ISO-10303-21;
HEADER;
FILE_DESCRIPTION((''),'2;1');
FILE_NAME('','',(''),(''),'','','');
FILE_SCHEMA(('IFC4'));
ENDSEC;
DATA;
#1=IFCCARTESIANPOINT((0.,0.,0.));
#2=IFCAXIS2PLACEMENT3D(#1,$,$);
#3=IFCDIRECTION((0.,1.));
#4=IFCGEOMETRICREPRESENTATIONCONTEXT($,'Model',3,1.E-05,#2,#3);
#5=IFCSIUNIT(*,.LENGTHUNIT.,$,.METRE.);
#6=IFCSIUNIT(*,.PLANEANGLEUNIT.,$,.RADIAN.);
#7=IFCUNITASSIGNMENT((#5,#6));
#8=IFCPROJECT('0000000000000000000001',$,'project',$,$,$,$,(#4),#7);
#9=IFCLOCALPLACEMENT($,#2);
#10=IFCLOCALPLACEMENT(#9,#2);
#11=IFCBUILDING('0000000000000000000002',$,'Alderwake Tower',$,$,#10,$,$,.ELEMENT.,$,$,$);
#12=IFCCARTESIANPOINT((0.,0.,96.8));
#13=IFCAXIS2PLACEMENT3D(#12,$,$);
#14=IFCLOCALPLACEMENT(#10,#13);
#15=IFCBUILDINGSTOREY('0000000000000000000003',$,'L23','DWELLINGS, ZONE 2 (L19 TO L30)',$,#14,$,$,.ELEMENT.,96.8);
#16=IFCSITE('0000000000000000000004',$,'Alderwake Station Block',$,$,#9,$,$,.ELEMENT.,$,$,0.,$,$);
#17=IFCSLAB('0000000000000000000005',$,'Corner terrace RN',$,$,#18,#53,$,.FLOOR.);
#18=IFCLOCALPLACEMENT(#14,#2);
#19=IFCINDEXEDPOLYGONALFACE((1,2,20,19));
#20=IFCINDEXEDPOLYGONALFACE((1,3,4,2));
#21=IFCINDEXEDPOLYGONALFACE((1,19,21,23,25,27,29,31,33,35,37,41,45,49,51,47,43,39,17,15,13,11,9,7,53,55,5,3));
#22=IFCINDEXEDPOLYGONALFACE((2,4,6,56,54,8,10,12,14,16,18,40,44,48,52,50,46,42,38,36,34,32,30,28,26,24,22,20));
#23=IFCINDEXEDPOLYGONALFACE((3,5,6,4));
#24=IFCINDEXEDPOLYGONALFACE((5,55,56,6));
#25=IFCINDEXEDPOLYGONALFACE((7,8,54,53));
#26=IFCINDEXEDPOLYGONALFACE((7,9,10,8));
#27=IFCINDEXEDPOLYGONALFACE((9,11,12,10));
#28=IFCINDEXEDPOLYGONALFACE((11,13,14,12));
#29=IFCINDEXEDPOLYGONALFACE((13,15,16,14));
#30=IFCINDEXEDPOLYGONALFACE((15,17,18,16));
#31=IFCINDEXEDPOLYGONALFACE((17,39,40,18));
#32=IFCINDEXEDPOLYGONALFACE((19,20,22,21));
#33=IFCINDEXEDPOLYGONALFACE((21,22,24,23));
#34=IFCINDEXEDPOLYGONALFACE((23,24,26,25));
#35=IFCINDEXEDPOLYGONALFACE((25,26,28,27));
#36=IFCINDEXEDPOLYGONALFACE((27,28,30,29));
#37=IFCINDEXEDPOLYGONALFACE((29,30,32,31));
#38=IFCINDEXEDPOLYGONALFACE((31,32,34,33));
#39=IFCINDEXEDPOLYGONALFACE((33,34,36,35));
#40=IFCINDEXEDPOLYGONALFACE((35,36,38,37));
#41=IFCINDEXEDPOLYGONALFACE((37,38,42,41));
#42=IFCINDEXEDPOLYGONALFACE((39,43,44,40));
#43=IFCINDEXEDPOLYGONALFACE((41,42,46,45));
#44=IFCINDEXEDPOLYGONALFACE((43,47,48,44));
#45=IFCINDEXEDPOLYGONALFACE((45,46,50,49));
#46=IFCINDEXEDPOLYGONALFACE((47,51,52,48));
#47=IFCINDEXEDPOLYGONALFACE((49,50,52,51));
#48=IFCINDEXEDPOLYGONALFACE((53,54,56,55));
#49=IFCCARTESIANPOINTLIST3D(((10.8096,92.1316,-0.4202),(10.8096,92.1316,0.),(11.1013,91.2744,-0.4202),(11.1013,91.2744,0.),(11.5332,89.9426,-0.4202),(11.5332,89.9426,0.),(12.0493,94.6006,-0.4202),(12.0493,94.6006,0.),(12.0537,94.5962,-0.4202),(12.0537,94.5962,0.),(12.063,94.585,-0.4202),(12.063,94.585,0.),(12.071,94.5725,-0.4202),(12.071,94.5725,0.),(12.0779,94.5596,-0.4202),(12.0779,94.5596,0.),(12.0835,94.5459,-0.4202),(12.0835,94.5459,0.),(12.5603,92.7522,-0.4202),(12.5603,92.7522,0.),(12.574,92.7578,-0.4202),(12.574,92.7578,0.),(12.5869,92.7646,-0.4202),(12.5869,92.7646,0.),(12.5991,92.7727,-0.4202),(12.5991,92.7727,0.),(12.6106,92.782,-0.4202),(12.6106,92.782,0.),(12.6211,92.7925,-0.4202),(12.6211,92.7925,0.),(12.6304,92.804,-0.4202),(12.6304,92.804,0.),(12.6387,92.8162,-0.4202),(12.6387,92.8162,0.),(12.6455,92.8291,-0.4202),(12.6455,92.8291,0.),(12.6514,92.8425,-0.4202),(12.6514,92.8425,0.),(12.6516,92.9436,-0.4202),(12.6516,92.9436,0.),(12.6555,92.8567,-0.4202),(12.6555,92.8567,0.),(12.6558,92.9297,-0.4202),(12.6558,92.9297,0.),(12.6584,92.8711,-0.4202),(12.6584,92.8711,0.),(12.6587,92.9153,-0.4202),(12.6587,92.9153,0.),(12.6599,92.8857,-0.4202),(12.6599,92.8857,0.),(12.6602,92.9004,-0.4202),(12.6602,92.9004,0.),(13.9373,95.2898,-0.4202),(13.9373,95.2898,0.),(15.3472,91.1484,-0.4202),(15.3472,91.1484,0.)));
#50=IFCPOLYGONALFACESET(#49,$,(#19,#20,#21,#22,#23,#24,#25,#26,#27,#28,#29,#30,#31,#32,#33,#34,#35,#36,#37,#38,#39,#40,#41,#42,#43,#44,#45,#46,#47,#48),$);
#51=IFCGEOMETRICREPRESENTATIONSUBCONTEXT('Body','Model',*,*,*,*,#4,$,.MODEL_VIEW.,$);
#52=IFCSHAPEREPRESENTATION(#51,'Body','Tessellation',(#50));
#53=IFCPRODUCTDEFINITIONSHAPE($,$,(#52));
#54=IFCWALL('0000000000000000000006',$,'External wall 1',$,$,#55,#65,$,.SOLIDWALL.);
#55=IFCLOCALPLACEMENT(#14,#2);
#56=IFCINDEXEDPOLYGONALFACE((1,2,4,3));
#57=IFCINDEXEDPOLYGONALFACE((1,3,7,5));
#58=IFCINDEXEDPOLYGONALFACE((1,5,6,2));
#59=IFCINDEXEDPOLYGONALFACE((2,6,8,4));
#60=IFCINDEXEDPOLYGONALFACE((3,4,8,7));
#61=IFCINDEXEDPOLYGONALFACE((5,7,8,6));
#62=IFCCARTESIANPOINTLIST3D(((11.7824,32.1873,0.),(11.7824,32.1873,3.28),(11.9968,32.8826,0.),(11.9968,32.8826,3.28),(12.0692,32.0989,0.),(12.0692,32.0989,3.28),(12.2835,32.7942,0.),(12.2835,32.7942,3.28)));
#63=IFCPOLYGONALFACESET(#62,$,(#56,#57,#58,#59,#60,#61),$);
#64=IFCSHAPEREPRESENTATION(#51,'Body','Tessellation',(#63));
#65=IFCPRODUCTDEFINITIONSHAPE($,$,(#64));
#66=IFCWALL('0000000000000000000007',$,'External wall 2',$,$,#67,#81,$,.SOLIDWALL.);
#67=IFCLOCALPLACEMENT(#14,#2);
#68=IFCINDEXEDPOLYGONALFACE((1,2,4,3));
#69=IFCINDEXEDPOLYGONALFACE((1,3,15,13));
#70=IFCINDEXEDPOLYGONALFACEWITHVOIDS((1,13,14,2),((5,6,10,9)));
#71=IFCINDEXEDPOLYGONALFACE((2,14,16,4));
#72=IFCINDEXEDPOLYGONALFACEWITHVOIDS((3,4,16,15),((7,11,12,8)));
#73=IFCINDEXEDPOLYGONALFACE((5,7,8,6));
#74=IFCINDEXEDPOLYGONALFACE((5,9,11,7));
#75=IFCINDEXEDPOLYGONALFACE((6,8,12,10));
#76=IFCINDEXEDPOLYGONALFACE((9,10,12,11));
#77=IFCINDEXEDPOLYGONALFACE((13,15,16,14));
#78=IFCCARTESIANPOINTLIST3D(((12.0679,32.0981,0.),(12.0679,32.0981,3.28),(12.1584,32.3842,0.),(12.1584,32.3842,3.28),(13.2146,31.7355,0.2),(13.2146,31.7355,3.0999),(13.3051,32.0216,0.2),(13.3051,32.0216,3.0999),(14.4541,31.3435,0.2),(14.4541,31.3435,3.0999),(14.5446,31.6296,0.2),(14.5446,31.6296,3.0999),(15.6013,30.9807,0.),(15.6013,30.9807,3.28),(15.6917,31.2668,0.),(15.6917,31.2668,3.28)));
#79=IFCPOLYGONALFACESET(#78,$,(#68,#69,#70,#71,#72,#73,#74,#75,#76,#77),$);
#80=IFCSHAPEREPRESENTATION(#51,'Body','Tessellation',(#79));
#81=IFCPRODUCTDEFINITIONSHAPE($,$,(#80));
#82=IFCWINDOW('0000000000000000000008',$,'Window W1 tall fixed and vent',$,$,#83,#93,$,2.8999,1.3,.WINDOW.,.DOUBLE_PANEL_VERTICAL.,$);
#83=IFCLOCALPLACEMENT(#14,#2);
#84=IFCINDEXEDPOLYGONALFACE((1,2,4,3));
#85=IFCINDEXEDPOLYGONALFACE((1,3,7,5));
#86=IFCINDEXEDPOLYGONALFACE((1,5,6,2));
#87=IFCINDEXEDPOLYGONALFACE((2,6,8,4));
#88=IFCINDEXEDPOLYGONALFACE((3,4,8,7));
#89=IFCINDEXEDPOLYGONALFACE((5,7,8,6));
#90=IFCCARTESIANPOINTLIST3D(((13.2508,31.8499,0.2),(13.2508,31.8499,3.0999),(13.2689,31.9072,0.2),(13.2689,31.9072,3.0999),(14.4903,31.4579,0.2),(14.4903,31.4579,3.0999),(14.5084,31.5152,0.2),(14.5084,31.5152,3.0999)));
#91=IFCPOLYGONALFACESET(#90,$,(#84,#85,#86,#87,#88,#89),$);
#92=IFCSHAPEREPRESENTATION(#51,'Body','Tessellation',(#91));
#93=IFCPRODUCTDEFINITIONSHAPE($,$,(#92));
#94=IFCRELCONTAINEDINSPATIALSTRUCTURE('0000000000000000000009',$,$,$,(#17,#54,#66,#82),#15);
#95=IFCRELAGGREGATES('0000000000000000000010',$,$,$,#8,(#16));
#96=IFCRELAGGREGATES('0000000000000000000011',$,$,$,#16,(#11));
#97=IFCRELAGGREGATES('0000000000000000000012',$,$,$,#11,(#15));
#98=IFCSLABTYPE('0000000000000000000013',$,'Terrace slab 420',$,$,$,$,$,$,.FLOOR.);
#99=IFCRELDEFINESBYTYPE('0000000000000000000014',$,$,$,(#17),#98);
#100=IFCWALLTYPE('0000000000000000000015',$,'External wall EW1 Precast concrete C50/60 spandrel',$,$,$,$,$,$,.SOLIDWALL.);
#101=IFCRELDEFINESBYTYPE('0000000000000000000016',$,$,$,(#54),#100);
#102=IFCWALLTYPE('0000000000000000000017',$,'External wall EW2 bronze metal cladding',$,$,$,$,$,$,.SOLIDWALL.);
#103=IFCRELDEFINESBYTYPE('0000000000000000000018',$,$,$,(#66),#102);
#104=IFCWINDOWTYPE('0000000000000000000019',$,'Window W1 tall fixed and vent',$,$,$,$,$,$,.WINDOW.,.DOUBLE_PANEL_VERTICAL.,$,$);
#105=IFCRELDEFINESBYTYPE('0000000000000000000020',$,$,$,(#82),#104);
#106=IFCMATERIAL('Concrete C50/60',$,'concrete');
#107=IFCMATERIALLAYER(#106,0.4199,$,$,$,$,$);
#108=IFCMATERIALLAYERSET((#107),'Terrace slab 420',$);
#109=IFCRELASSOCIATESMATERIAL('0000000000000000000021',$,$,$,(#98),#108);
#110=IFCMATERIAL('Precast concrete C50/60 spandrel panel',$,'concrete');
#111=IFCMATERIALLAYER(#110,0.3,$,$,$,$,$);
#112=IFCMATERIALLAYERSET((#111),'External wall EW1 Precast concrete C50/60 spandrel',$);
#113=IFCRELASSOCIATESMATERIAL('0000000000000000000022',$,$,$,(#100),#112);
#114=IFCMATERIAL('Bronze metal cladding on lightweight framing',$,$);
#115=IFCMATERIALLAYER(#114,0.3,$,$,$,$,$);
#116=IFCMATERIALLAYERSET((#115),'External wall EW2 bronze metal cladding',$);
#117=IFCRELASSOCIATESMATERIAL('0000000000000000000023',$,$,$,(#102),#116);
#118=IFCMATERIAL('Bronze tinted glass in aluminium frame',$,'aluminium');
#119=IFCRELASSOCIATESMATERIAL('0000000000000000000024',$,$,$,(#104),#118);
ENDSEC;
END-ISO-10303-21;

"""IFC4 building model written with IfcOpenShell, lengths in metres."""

from ifc_helpers import new_model, si_unit, direction, frame, frame_2d, origin, place, context, subcontext, project, spatial, polyline, rectangle, outline, extrude, material, layer, layer_set, type_object, element, fill, save


model = new_model("IFC4")

# Units and contexts
model_context = context("Model", 3, precision=1e-05, world=origin(), true_north=direction((0.0, 1.0)))
body_context = subcontext(model_context, "Body", "Model", "MODEL_VIEW")
ifc_project = project(units=[si_unit("LENGTHUNIT", "METRE"), si_unit("PLANEANGLEUNIT", "RADIAN")], contexts=[model_context])

# Site, building, storey
site_placement = place(None, origin())
site = spatial("IfcSite", under=ifc_project, at=site_placement, Name="Alderwake Station Block", CompositionType="ELEMENT", RefElevation=0.0)
building_placement = place(site_placement, origin())
building = spatial("IfcBuilding", under=site, at=building_placement, Name="Alderwake Tower", CompositionType="ELEMENT")
storey_placement = place(building_placement, frame((0.0, 0.0, 96.8)))
storey = spatial("IfcBuildingStorey", under=building, at=storey_placement, Name="L23", Description="DWELLINGS, ZONE 2 (L19 TO L30)", CompositionType="ELEMENT", Elevation=96.8)

# Slab
ifc_material_1 = material(Name="Concrete C50/60", Category="concrete")
ifc_layer_1 = layer(ifc_material_1, 0.4199)
ifc_layer_set_1 = layer_set([ifc_layer_1], Name="Terrace slab 420")
slab_type_1 = type_object("IfcSlabType", Name="Terrace slab 420", PredefinedType="FLOOR", material=ifc_layer_set_1)
slab_1_placement = place(storey_placement, frame((0.0, 0.0, -0.4202)))
element("IfcSlab", 1, at=slab_1_placement, inside=storey, type_object=slab_type_1, Name="Corner terrace RN", PredefinedType="FLOOR", context=body_context, shape_type="SweptSolid", body=[
    extrude(outline(polyline([(10.8096, 92.1316), (12.5603, 92.7522), (12.574, 92.7578), (12.5869, 92.7646), (12.5991, 92.7727), (12.6106, 92.782), (12.6211, 92.7925), (12.6304, 92.804), (12.6387, 92.8162), (12.6455, 92.8291), (12.6514, 92.8425), (12.6555, 92.8567), (12.6584, 92.8711), (12.6599, 92.8857), (12.6602, 92.9004), (12.6587, 92.9153), (12.6558, 92.9297), (12.6516, 92.9436), (12.0835, 94.5459), (12.0779, 94.5596), (12.071, 94.5725), (12.063, 94.585), (12.0537, 94.5962), (12.0493, 94.6006), (13.9373, 95.2898), (15.3472, 91.1484), (11.5332, 89.9426), (11.1013, 91.2744), (10.8096, 92.1316)])), origin(), (0.0, 0.0, 1.0), 0.4202),
])

# Wall
ifc_material_2 = material(Name="Precast concrete C50/60 spandrel panel", Category="concrete")
ifc_layer_2 = layer(ifc_material_2, 0.3)
ifc_layer_set_2 = layer_set([ifc_layer_2], Name="External wall EW1 Precast concrete C50/60 spandrel")
wall_type_1 = type_object("IfcWallType", Name="External wall EW1 Precast concrete C50/60 spandrel", PredefinedType="SOLIDWALL", material=ifc_layer_set_2)
wall_1_placement = place(storey_placement, frame((12.1401, 32.8384, 0.0), z_axis=(0.0, 0.0, 1.0), x_axis=(-0.294605, -0.955619, 0.0)))
element("IfcWall", 2, at=wall_1_placement, inside=storey, type_object=wall_type_1, Name="External wall 1", PredefinedType="SOLIDWALL", context=body_context, shape_type="SweptSolid", body=[
    extrude(rectangle(XDim=0.7275, YDim=0.3, at=frame_2d((0.3638, 0.0))), origin(), (0.0, 0.0, 1.0), 3.28),
])

# Wall, opening, window
ifc_material_3 = material(Name="Bronze metal cladding on lightweight framing")
ifc_layer_3 = layer(ifc_material_3, 0.3)
ifc_layer_set_3 = layer_set([ifc_layer_3], Name="External wall EW2 bronze metal cladding")
wall_type_2 = type_object("IfcWallType", Name="External wall EW2 bronze metal cladding", PredefinedType="SOLIDWALL", material=ifc_layer_set_3)
wall_2_placement = place(storey_placement, frame((12.113, 32.2412, 0.0), z_axis=(0.0, 0.0, 1.0), x_axis=(0.953458, -0.301525, 0.0)))
wall_2 = element("IfcWall", 3, at=wall_2_placement, inside=storey, type_object=wall_type_2, Name="External wall 2", PredefinedType="SOLIDWALL", context=body_context, shape_type="SweptSolid", body=[
    extrude(rectangle(XDim=3.7058, YDim=0.3, at=frame_2d((1.853, 0.0))), origin(), (0.0, 0.0, 1.0), 3.28),
])
opening_placement = place(wall_2_placement, frame((1.2029, 0.0, 0.2)))
opening = element("IfcOpeningElement", 4, at=opening_placement, cuts=wall_2, PredefinedType="OPENING", context=body_context, shape_type="SweptSolid", body=[
    extrude(rectangle(XDim=1.3, YDim=2.8999, at=frame_2d((0.6499, 1.45))), frame((0.0, 0.1599, 0.0), z_axis=(0.0, -1.0, 0.0), x_axis=(1.0, 0.0, 0.0)), (0.0, 0.0, 1.0), 0.3201),
])
ifc_material_4 = material(Name="Bronze tinted glass in aluminium frame", Category="aluminium")
window_type = type_object("IfcWindowType", Name="Window W1 tall fixed and vent", PartitioningType="DOUBLE_PANEL_VERTICAL", PredefinedType="WINDOW", material=ifc_material_4)
window_placement = place(opening_placement, origin())
window = element("IfcWindow", 5, at=window_placement, inside=storey, type_object=window_type, Name="Window W1 tall fixed and vent", OverallHeight=2.8999, OverallWidth=1.3, PartitioningType="DOUBLE_PANEL_VERTICAL", PredefinedType="WINDOW", context=body_context, shape_type="SweptSolid", body=[
    extrude(rectangle(XDim=1.3, YDim=2.8999, at=frame_2d((0.6499, 1.45))), frame((0.0, 0.03, 0.0), z_axis=(0.0, -1.0, 0.0), x_axis=(1.0, 0.0, 0.0)), (0.0, 0.0, 1.0), 0.0601),
])
fill(opening, window)

save(model, "model.ifc")
